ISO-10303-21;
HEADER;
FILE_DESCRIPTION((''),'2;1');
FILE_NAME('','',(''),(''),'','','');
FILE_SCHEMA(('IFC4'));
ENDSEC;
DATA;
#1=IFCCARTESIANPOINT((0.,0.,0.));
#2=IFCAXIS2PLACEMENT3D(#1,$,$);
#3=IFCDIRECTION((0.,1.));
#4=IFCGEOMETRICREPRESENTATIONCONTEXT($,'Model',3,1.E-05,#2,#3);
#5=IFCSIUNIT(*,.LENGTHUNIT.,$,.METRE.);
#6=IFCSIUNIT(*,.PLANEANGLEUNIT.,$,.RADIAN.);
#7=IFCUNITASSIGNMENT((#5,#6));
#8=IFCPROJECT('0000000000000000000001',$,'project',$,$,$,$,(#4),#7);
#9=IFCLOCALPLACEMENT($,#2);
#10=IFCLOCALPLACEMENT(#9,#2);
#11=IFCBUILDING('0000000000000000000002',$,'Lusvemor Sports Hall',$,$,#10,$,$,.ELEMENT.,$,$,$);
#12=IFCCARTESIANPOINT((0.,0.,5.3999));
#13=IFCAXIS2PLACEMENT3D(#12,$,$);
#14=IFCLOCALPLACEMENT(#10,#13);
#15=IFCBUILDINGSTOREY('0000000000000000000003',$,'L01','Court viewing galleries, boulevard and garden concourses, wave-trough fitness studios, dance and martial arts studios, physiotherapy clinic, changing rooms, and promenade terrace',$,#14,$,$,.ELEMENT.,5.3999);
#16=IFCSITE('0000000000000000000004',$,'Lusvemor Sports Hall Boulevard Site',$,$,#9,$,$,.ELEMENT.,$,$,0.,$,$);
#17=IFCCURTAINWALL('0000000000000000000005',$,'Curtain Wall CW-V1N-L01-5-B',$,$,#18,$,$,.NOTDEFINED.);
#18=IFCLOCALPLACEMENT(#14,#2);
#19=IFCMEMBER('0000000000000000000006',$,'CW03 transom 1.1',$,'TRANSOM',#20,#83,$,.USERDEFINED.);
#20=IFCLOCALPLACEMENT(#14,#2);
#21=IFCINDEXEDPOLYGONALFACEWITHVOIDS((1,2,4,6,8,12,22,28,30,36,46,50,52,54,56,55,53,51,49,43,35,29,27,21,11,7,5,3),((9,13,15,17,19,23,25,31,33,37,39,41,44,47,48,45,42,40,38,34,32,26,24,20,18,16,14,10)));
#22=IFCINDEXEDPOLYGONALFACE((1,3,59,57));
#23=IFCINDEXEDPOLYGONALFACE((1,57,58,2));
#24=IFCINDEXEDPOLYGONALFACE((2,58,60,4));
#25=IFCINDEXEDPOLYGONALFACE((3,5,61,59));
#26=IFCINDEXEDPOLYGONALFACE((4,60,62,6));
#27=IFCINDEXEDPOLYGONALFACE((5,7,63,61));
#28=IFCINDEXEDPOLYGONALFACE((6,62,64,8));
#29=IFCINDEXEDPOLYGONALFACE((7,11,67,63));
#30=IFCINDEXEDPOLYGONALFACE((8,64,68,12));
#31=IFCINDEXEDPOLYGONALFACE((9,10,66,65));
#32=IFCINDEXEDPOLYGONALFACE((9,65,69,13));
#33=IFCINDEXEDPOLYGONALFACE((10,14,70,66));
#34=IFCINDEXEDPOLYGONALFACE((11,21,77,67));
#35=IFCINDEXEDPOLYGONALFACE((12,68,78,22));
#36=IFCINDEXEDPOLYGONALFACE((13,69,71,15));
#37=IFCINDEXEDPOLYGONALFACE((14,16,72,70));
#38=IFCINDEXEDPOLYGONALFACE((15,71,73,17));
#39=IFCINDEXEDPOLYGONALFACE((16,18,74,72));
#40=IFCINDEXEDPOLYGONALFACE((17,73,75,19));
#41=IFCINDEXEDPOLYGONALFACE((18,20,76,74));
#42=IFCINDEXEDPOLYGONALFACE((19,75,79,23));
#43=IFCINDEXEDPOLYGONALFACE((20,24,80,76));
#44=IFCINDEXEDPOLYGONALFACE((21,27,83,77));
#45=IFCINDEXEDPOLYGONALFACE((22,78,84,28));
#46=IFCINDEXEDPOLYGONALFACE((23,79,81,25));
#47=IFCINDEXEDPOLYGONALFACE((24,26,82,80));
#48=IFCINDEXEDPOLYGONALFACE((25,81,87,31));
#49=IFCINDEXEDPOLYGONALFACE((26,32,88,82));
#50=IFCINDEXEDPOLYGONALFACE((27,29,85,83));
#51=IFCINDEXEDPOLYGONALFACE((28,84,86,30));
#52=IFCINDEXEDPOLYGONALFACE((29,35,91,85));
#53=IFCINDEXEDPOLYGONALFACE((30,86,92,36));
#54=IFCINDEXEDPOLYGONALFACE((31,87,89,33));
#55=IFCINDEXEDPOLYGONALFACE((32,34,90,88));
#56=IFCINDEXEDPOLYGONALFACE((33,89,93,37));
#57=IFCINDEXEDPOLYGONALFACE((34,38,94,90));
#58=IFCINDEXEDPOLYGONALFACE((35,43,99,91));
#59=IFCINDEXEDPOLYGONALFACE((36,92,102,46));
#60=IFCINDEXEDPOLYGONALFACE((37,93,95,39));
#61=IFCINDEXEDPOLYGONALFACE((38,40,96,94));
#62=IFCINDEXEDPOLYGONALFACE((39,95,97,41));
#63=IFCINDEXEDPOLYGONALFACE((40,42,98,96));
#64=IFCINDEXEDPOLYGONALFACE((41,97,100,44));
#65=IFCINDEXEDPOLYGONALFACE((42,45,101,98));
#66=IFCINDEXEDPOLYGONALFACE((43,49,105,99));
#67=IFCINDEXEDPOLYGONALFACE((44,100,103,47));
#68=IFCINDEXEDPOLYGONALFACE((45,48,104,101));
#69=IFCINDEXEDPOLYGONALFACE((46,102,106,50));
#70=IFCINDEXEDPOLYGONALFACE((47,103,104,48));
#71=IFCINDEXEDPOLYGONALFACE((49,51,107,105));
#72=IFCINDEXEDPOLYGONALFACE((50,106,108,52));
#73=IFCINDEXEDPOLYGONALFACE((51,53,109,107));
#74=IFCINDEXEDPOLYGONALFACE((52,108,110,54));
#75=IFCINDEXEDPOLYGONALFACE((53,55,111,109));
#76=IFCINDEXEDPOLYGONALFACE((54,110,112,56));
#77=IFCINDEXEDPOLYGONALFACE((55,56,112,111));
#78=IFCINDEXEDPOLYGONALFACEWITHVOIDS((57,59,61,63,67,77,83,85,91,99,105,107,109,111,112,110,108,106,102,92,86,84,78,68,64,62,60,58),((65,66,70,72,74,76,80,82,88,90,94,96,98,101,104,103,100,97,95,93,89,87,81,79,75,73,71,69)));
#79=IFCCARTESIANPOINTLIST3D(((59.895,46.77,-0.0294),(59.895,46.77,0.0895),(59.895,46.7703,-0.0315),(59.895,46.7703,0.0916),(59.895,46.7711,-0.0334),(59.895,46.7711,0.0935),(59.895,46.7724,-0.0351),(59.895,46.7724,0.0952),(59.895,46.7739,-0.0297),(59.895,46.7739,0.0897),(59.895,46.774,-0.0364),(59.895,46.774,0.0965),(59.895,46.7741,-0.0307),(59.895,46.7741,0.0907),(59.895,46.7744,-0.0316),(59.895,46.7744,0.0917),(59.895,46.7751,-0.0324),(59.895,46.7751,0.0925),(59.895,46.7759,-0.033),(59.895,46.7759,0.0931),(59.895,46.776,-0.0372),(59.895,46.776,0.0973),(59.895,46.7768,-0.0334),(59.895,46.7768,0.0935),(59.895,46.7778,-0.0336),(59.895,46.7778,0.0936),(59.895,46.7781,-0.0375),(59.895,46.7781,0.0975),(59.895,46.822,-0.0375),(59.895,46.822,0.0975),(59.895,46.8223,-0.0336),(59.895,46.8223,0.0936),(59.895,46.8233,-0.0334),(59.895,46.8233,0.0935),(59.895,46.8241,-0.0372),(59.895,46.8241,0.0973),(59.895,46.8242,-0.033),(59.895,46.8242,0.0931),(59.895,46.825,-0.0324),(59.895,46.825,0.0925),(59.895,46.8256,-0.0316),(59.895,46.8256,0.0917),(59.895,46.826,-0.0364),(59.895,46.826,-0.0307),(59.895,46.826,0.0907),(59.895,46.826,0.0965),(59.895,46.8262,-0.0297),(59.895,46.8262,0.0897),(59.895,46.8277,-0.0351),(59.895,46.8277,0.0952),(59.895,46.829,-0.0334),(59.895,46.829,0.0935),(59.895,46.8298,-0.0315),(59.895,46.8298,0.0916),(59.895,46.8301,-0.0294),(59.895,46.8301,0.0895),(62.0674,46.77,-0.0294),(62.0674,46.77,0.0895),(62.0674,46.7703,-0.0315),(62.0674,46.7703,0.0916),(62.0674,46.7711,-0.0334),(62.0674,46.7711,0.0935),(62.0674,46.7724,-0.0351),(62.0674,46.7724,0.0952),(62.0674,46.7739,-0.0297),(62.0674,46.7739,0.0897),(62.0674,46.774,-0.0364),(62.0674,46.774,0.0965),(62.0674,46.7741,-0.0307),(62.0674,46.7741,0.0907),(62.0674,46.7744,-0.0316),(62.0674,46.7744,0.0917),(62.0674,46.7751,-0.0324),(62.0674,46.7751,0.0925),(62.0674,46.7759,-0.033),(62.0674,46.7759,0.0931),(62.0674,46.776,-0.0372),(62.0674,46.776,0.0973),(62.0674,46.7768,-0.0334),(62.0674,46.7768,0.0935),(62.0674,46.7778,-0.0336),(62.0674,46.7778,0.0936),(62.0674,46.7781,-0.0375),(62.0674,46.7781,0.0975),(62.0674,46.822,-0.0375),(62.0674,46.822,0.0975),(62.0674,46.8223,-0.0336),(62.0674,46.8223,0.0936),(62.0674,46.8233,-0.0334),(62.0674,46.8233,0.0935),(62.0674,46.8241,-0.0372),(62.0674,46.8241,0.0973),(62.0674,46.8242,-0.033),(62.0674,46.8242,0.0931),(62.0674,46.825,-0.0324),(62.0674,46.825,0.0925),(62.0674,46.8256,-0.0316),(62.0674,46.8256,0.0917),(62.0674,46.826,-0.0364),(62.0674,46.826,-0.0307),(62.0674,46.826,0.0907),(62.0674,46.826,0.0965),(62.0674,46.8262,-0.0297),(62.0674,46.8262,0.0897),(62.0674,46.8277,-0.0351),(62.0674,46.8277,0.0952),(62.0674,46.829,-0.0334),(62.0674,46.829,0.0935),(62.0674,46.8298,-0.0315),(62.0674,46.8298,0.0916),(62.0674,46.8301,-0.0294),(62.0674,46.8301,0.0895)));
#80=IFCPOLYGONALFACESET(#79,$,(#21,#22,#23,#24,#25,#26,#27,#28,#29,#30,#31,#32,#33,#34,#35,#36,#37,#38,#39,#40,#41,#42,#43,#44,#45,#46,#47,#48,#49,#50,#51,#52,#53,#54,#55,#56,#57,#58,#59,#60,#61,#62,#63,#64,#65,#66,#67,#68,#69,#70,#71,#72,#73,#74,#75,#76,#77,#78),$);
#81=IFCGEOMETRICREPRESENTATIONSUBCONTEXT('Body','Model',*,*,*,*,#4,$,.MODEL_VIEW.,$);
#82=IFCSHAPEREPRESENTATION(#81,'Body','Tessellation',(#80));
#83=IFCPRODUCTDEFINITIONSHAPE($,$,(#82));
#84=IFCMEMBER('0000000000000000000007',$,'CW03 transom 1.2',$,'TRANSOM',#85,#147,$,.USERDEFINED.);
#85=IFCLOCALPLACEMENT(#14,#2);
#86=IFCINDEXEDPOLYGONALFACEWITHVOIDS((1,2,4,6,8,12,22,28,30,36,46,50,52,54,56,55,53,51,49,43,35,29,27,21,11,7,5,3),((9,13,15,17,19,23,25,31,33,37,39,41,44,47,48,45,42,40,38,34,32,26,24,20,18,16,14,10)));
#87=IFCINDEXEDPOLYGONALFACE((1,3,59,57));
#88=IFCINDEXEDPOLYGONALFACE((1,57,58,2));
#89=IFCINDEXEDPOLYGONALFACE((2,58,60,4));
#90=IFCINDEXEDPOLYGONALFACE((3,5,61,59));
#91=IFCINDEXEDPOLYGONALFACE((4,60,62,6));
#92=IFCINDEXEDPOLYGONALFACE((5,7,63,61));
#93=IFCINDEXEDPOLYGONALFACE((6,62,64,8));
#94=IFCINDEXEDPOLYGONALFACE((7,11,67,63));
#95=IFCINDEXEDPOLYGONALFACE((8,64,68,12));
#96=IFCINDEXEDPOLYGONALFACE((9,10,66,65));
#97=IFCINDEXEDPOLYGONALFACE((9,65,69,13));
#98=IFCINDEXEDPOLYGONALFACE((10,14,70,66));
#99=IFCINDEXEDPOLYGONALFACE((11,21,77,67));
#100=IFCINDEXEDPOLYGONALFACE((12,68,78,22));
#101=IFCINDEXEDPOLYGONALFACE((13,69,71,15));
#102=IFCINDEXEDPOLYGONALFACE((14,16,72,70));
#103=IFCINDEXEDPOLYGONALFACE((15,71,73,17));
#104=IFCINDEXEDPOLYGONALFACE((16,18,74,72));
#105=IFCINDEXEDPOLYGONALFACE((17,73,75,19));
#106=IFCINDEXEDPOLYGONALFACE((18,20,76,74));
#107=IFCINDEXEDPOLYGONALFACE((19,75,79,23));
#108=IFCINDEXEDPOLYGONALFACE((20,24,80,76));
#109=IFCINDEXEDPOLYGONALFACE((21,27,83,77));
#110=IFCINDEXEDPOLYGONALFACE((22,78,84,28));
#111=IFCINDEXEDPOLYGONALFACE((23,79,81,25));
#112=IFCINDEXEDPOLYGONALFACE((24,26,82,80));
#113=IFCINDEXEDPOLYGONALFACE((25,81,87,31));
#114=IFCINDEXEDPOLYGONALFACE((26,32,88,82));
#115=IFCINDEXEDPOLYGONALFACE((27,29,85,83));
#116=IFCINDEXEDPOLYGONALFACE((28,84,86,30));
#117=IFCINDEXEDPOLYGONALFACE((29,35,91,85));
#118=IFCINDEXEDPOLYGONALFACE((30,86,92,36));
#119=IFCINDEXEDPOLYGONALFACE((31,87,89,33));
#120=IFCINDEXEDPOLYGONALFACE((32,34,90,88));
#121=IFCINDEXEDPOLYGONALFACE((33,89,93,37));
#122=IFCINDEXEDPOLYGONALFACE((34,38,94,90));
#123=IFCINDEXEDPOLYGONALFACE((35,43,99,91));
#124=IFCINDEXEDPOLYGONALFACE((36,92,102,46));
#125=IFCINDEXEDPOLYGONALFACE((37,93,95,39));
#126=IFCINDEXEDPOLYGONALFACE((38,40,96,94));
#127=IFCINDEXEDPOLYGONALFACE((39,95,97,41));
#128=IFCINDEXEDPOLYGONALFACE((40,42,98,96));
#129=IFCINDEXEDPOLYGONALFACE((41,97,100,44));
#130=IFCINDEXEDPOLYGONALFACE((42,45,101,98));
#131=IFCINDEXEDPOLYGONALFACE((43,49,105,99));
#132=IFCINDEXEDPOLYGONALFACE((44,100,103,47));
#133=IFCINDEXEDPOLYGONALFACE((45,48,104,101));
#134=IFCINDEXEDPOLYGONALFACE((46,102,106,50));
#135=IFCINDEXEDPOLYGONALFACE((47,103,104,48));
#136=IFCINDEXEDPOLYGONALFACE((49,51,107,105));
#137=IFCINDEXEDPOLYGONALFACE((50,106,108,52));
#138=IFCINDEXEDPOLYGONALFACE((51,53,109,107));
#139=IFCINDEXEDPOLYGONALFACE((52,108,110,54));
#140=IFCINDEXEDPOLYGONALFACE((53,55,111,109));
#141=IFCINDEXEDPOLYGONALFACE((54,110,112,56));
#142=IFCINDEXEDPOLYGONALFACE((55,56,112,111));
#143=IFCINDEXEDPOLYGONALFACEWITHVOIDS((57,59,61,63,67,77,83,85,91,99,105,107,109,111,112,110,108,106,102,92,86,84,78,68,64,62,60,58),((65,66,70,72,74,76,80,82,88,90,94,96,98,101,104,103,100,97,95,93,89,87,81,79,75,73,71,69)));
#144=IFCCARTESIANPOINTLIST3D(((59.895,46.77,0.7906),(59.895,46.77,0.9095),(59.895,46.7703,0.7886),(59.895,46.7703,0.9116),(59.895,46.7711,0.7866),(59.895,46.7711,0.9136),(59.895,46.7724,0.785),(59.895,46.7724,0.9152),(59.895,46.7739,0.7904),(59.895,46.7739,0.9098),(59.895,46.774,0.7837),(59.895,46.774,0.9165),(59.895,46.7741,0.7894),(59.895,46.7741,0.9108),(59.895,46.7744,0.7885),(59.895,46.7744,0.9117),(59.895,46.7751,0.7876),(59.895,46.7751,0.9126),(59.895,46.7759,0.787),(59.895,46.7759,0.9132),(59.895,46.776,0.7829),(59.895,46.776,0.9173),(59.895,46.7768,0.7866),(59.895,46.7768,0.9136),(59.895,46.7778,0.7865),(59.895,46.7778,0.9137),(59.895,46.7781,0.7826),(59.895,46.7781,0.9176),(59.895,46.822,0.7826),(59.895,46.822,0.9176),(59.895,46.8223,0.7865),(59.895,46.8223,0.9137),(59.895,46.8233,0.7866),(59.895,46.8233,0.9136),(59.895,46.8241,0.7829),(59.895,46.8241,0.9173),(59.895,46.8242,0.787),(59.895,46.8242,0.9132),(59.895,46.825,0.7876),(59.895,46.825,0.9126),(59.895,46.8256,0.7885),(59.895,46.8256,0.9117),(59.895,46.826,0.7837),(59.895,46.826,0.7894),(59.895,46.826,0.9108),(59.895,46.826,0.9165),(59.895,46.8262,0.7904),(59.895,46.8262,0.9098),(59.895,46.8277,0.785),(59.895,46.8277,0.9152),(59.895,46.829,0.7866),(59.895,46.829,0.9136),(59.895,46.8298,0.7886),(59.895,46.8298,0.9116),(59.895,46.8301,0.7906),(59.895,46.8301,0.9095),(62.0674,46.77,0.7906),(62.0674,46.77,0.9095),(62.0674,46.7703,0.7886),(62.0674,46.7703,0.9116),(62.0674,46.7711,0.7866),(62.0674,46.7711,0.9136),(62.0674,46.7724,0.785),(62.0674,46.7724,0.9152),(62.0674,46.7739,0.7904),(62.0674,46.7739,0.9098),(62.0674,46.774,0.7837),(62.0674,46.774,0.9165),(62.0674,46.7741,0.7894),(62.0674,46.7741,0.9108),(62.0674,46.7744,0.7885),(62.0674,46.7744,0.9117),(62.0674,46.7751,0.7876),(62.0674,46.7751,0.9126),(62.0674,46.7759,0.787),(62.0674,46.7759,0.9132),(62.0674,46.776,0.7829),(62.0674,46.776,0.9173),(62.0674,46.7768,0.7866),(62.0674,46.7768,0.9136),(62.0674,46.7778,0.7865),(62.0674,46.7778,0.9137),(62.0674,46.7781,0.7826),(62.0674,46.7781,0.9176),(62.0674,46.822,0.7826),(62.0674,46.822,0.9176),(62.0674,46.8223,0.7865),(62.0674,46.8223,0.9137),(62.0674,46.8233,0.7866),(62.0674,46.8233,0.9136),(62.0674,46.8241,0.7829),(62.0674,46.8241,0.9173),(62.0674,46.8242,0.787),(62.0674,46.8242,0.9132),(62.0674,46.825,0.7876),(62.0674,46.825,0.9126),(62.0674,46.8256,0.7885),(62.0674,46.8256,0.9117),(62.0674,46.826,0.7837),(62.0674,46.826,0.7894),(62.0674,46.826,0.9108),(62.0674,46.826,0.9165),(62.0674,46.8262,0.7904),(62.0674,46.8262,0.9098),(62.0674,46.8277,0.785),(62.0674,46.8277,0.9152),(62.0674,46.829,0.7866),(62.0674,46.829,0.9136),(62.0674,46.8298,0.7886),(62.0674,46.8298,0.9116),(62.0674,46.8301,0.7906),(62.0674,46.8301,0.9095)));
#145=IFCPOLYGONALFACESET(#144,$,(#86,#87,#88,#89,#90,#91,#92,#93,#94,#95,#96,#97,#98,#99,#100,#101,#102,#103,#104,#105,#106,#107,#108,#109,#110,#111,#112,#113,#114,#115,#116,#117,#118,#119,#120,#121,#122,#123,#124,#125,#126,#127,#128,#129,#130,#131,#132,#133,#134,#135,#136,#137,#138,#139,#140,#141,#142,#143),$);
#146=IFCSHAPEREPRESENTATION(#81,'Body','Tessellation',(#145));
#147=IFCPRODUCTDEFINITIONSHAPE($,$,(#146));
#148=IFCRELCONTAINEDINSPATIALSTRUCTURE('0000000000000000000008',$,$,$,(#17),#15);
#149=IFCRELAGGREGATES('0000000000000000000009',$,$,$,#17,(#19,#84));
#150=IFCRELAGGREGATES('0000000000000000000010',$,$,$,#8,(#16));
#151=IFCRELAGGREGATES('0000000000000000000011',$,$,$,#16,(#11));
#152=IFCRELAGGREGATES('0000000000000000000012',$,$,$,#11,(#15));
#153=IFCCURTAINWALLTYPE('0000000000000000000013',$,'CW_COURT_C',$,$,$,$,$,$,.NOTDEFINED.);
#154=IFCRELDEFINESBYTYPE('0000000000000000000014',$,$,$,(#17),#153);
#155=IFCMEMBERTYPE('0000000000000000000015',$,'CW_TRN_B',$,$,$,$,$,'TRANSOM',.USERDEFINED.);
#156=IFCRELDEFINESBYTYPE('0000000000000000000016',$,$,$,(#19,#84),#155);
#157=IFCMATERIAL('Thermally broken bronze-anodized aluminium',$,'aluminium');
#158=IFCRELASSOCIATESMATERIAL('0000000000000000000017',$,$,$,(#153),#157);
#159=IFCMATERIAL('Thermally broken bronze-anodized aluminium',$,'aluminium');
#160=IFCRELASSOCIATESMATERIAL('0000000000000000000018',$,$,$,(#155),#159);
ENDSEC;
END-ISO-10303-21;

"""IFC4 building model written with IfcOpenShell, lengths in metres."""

from ifc_helpers import new_model, si_unit, direction, frame, origin, origin_2d, place, context, subcontext, project, spatial, hollow_rectangle, extrude, material, material_profile, profile_set, type_object, element, aggregate, save


model = new_model("IFC4")

# Units and contexts
model_context = context("Model", 3, precision=1e-05, world=origin(), true_north=direction((0.0, 1.0)))
body_context = subcontext(model_context, "Body", "Model", "MODEL_VIEW")
ifc_project = project(units=[si_unit("LENGTHUNIT", "METRE"), si_unit("PLANEANGLEUNIT", "RADIAN")], contexts=[model_context])

# Site, building, storey
site_placement = place(None, origin())
site = spatial("IfcSite", under=ifc_project, at=site_placement, Name="Lusvemor Sports Hall Boulevard Site", CompositionType="ELEMENT", RefElevation=0.0)
building_placement = place(site_placement, origin())
building = spatial("IfcBuilding", under=site, at=building_placement, Name="Lusvemor Sports Hall", CompositionType="ELEMENT")
storey_placement = place(building_placement, frame((0.0, 0.0, 5.3999)))
storey = spatial("IfcBuildingStorey", under=building, at=storey_placement, Name="L01", Description="Court viewing galleries, boulevard and garden concourses, wave-trough fitness studios, dance and martial arts studios, physiotherapy clinic, changing rooms, and promenade terrace", CompositionType="ELEMENT", Elevation=5.3999)

# Shared definitions
ifc_material_1 = material(Name="Thermally broken bronze-anodized aluminium", Category="aluminium")
curtain_wall_type = type_object("IfcCurtainWallType", Name="CW_COURT_C", PredefinedType="NOTDEFINED", material=ifc_material_1)

# Curtain wall
curtain_wall_1_placement = place(storey_placement, origin())
curtain_wall_1 = element("IfcCurtainWall", 1, at=curtain_wall_1_placement, inside=storey, type_object=curtain_wall_type, Name="Curtain Wall CW-V1N-L01-5-B", PredefinedType="NOTDEFINED")

# Members
ifc_material_2 = material(Name="Thermally broken bronze-anodized aluminium", Category="aluminium")
ifc_material_profile_1 = material_profile(ifc_material_2, hollow_rectangle(XDim=0.0601, YDim=0.135, WallThickness=0.0039, InnerFilletRadius=0.0039, OuterFilletRadius=0.0081, at=origin_2d()), Name="CWTRN135x60x4")
ifc_profile_set_1 = profile_set([ifc_material_profile_1], Name="Thermally broken bronze-anodized aluminium")
member_type_1 = type_object("IfcMemberType", Name="CW_TRN_B", ElementType="TRANSOM", PredefinedType="USERDEFINED", material=ifc_profile_set_1)
member_1_placement = place(storey_placement, frame((59.895, 46.8, 0.03), z_axis=(1.0, 0.0, 0.0), x_axis=(0.0, 1.0, 0.0)))
member_1 = element("IfcMember", 2, at=member_1_placement, type_object=member_type_1, Name="CW03 transom 1.1", ObjectType="TRANSOM", PredefinedType="USERDEFINED", context=body_context, shape_type="SweptSolid", body=[
    extrude(hollow_rectangle(XDim=0.0601, YDim=0.135, WallThickness=0.0039, InnerFilletRadius=0.0039, OuterFilletRadius=0.0081, at=origin_2d()), origin(), (0.0, 0.0, 1.0), 2.1724),
])
member_2_placement = place(storey_placement, frame((59.895, 46.8, 0.8501), z_axis=(1.0, 0.0, 0.0), x_axis=(0.0, 1.0, 0.0)))
member_2 = element("IfcMember", 3, at=member_2_placement, type_object=member_type_1, Name="CW03 transom 1.2", ObjectType="TRANSOM", PredefinedType="USERDEFINED", context=body_context, shape_type="SweptSolid", body=[
    extrude(hollow_rectangle(XDim=0.0601, YDim=0.135, WallThickness=0.0039, InnerFilletRadius=0.0039, OuterFilletRadius=0.0081, at=origin_2d()), origin(), (0.0, 0.0, 1.0), 2.1724),
])

aggregate(curtain_wall_1, [member_1, member_2])

save(model, "model.ifc")
